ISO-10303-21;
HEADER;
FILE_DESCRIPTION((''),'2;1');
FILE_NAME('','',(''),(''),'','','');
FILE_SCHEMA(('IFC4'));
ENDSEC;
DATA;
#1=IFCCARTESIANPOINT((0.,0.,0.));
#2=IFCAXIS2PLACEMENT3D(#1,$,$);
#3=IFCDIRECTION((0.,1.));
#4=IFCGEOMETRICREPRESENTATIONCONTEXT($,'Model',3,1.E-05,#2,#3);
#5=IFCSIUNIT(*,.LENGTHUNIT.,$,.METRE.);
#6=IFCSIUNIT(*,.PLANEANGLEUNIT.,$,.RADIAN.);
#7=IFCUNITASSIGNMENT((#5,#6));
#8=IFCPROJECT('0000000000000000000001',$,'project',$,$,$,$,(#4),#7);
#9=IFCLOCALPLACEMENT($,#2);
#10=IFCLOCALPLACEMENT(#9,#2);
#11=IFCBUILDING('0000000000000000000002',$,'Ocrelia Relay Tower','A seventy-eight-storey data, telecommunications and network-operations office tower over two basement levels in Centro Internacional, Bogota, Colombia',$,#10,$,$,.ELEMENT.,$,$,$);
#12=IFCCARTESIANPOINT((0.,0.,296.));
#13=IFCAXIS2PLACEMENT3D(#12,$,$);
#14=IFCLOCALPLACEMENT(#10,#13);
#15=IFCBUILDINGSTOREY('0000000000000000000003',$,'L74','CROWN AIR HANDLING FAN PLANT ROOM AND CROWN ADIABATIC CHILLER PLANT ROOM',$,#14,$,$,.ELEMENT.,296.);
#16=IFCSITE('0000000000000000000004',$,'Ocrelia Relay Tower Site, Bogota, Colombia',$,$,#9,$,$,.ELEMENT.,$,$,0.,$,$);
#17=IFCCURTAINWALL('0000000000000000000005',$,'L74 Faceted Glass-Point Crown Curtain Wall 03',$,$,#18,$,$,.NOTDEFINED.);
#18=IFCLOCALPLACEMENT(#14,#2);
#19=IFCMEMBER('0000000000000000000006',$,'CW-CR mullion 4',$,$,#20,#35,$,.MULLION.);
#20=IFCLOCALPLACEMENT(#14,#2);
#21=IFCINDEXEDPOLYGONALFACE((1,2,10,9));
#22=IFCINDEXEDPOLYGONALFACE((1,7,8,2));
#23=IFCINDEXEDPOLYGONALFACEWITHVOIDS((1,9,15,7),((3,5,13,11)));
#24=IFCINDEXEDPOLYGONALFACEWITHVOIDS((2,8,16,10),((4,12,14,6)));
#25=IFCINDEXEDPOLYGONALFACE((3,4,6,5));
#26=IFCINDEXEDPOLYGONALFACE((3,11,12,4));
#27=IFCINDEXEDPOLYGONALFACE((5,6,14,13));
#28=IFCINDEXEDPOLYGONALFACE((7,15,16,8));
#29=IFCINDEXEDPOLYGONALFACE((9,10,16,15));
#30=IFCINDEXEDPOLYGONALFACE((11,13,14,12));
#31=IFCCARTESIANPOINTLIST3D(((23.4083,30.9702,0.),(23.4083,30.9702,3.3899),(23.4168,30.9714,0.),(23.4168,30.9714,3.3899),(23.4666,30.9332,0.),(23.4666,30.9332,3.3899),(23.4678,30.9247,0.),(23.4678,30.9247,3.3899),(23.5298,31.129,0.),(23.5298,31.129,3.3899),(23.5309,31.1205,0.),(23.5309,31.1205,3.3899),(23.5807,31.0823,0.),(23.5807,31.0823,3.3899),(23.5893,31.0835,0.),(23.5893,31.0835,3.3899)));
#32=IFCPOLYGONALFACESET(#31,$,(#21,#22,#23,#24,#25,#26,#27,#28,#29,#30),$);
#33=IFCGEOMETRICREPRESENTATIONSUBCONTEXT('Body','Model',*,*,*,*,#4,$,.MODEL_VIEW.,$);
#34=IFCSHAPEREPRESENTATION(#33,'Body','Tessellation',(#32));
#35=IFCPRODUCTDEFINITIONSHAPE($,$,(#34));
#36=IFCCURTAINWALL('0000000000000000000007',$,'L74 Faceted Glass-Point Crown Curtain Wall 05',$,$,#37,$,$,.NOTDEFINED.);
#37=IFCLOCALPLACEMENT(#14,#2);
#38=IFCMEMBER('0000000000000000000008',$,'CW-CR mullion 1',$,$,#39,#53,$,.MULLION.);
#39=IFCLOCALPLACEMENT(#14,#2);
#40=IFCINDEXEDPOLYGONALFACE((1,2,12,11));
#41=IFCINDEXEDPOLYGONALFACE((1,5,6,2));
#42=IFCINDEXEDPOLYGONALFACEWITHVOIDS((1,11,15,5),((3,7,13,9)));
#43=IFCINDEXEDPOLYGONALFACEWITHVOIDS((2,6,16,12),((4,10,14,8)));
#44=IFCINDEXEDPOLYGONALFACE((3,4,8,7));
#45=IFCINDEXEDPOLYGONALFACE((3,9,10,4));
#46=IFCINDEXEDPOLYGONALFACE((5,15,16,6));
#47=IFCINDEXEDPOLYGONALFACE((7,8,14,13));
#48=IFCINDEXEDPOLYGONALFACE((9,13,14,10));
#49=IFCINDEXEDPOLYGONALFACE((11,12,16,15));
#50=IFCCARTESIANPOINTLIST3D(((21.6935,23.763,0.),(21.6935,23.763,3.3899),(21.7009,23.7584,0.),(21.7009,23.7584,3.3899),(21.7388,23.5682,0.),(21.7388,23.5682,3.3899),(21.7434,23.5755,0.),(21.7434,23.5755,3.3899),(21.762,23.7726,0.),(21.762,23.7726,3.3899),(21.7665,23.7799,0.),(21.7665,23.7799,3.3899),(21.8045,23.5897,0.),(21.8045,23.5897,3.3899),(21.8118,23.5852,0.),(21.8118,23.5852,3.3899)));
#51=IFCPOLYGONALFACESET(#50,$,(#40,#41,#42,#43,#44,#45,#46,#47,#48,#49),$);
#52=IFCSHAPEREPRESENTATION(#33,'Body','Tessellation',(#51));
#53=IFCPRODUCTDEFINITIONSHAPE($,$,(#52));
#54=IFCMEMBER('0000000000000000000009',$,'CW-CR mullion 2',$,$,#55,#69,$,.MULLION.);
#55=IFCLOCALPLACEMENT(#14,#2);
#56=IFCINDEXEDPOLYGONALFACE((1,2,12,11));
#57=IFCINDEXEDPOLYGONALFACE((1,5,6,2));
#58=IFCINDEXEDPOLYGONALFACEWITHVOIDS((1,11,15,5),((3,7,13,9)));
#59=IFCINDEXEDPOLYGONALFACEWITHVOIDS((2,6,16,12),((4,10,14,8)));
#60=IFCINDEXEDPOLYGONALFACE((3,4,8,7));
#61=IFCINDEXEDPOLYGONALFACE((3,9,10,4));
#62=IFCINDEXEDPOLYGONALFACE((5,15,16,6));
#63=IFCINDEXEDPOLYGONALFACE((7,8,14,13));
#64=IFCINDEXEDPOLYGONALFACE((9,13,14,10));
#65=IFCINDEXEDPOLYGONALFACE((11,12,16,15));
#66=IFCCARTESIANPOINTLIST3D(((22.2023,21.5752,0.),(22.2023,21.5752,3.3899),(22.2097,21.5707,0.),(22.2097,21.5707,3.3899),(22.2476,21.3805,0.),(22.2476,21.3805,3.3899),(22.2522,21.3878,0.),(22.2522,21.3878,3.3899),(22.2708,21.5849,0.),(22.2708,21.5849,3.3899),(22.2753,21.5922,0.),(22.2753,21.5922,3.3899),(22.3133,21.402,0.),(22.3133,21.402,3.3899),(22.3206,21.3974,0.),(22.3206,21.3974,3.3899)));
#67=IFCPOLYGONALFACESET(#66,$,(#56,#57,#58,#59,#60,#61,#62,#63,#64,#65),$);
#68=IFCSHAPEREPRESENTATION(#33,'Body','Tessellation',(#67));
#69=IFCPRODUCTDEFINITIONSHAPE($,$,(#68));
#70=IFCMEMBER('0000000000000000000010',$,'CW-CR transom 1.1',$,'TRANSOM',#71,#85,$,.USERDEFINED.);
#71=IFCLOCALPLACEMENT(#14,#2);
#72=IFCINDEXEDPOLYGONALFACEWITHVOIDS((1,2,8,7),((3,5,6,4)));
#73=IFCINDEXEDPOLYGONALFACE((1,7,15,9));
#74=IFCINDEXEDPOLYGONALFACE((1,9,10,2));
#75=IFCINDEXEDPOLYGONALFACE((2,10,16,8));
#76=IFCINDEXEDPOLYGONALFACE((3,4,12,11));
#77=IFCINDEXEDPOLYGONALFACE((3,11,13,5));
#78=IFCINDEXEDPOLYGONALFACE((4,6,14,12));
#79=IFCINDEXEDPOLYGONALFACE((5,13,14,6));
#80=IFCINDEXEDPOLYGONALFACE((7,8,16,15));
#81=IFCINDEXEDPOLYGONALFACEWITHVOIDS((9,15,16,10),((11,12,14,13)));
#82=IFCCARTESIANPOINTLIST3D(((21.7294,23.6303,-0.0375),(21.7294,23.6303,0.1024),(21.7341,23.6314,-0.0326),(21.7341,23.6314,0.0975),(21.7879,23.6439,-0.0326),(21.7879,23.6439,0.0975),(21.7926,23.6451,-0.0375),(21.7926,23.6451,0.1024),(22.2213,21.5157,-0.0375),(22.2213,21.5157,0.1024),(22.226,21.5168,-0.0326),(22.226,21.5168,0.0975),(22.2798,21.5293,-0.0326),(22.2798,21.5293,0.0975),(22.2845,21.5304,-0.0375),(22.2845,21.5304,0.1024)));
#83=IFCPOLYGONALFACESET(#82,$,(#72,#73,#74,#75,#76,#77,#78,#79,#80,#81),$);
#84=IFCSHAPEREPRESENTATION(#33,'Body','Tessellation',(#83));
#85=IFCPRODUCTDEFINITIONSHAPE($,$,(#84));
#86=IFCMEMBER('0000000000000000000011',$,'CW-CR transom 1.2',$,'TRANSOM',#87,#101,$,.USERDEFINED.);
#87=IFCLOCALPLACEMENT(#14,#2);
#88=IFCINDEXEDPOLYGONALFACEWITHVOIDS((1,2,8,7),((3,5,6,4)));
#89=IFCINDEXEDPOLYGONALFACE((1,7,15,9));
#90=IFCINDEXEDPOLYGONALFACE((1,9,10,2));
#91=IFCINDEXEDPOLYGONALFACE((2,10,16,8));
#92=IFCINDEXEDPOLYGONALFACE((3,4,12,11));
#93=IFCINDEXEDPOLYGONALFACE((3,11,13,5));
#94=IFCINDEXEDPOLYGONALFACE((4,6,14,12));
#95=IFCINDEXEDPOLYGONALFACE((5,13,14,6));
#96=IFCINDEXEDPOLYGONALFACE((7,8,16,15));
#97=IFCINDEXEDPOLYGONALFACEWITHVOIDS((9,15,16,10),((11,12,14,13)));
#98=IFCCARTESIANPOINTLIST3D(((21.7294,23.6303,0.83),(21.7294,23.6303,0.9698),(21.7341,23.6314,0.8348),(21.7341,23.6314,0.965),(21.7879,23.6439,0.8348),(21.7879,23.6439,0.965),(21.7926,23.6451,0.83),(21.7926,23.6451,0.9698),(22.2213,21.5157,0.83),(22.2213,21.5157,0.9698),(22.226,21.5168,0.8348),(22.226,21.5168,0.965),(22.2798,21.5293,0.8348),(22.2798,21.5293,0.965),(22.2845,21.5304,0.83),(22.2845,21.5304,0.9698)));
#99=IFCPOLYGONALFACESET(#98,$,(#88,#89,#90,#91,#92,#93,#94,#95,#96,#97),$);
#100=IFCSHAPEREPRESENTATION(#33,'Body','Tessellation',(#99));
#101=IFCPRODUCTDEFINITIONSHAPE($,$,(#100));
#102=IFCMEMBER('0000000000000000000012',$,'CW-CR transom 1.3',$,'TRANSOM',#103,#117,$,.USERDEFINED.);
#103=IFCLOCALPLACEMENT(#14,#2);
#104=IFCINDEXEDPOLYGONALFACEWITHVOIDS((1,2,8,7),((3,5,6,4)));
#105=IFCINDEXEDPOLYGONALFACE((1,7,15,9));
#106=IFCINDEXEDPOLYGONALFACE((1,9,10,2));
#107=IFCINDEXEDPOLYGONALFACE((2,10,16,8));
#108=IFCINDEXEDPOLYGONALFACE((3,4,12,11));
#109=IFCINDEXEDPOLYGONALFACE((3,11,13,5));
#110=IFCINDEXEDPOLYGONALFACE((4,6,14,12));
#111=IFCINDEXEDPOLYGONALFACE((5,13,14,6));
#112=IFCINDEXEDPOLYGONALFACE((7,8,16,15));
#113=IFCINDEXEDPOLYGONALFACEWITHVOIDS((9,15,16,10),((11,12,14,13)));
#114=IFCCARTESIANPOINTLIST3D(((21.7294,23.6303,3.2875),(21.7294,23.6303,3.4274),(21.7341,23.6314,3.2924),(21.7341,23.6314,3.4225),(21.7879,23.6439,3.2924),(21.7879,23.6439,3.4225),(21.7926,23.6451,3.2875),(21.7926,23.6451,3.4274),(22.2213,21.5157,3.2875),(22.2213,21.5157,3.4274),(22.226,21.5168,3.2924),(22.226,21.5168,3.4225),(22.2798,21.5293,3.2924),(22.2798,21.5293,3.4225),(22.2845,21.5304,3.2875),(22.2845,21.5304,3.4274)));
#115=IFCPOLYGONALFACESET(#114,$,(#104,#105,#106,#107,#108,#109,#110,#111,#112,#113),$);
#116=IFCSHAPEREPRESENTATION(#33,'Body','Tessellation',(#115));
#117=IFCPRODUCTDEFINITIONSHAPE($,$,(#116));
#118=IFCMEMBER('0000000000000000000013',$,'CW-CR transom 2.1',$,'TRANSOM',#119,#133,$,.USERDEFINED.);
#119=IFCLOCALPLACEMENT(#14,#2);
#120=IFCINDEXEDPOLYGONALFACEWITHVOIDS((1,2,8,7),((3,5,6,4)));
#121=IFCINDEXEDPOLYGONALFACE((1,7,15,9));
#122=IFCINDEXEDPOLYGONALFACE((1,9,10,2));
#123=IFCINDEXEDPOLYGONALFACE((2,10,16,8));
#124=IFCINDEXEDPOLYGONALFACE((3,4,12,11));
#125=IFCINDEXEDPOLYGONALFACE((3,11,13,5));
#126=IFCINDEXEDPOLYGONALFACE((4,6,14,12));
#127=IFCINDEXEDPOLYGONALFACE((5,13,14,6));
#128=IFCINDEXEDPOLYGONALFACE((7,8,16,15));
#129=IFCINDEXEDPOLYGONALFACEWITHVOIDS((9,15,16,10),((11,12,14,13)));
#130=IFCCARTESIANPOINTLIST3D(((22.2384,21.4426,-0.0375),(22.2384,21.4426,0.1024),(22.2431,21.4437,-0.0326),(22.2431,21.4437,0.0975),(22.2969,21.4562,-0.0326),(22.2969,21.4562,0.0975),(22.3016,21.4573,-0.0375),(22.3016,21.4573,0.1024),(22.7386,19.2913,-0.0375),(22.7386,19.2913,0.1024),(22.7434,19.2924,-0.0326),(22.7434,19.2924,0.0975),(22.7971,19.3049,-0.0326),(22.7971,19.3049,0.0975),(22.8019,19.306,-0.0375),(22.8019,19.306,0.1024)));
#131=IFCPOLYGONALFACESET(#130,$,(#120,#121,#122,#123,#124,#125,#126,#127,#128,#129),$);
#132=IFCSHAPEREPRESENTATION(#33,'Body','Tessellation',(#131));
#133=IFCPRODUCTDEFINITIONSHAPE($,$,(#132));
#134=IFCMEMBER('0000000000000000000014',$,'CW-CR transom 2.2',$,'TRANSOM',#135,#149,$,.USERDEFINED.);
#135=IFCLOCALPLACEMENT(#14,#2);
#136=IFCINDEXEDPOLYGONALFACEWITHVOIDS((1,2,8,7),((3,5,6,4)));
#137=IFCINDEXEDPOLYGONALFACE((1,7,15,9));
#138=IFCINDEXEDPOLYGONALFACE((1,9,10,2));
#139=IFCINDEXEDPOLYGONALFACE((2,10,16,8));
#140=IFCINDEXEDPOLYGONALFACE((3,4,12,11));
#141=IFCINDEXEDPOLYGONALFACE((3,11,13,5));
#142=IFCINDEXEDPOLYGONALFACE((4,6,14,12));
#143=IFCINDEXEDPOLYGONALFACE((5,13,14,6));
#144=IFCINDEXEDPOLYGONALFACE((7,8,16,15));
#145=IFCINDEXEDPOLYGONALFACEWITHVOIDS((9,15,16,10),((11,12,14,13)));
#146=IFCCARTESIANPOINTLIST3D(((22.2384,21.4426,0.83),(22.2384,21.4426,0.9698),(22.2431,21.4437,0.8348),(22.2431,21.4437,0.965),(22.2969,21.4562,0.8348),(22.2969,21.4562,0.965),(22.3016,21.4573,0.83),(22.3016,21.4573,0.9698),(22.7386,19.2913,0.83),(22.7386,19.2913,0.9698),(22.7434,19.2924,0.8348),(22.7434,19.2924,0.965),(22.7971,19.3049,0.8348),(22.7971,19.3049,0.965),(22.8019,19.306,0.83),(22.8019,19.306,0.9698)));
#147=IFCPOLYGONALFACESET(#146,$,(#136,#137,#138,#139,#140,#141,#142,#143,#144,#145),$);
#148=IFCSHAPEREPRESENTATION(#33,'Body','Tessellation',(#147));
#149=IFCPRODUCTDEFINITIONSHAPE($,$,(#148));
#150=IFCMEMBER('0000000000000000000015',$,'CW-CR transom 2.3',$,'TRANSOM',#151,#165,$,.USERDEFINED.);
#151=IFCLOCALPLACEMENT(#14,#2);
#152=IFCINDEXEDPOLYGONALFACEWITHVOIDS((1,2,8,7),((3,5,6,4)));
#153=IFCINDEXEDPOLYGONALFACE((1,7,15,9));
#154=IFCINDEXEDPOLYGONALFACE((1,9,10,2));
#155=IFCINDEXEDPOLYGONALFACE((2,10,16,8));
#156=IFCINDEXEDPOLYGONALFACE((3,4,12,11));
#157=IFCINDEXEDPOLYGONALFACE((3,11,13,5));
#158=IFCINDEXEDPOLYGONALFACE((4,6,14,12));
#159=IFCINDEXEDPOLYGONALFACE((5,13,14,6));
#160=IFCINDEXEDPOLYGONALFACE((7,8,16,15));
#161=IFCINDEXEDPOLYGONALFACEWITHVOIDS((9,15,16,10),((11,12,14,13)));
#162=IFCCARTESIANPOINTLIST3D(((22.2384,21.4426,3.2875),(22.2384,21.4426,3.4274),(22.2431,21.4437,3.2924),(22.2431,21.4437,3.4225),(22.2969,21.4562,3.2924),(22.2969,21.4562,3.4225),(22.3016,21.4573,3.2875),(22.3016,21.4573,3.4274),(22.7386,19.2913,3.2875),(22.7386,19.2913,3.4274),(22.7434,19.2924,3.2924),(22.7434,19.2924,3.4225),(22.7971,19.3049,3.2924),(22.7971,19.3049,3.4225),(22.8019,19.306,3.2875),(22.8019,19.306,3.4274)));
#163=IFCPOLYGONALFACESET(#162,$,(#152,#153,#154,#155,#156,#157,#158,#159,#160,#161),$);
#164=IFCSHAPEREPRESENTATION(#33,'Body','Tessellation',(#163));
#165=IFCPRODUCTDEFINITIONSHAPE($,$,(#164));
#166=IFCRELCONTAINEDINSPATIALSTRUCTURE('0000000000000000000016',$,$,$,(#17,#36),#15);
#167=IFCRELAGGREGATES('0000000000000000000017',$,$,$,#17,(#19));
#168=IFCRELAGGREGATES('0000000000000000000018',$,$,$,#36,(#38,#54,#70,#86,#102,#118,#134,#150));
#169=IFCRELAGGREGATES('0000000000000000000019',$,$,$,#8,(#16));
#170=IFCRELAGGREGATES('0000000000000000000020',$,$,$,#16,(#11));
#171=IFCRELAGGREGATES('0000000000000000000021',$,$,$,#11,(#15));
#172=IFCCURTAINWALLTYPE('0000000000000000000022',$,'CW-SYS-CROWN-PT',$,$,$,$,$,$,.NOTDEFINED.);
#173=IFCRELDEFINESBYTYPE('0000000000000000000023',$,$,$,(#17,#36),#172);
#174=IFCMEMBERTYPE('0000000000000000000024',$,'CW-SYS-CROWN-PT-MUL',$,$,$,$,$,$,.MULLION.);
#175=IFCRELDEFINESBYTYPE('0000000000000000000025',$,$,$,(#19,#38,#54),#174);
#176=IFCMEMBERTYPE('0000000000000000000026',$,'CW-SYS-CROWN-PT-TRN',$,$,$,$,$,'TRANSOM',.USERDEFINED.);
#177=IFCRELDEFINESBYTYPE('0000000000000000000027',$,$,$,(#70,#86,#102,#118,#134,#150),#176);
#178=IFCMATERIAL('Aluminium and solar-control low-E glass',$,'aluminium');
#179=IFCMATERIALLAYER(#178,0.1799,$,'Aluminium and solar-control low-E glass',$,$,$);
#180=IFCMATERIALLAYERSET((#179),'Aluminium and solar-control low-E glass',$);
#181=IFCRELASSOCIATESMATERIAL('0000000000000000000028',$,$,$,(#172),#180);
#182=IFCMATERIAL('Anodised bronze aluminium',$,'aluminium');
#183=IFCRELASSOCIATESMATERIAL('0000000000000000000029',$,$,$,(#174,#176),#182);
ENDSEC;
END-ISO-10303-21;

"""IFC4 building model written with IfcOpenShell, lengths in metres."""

from ifc_helpers import new_model, si_unit, direction, frame, origin, origin_2d, place, context, subcontext, project, spatial, hollow_rectangle, extrude, material, layer, layer_set, material_profile, profile_set, type_object, element, aggregate, save


model = new_model("IFC4")

# Units and contexts
model_context = context("Model", 3, precision=1e-05, world=origin(), true_north=direction((0.0, 1.0)))
body_context = subcontext(model_context, "Body", "Model", "MODEL_VIEW")
ifc_project = project(units=[si_unit("LENGTHUNIT", "METRE"), si_unit("PLANEANGLEUNIT", "RADIAN")], contexts=[model_context])

# Site, building, storey
site_placement = place(None, origin())
site = spatial("IfcSite", under=ifc_project, at=site_placement, Name="Ocrelia Relay Tower Site, Bogota, Colombia", CompositionType="ELEMENT", RefElevation=0.0)
building_placement = place(site_placement, origin())
building = spatial("IfcBuilding", under=site, at=building_placement, Name="Ocrelia Relay Tower", Description="A seventy-eight-storey data, telecommunications and network-operations office tower over two basement levels in Centro Internacional, Bogota, Colombia", CompositionType="ELEMENT")
storey_placement = place(building_placement, frame((0.0, 0.0, 296.0)))
storey = spatial("IfcBuildingStorey", under=building, at=storey_placement, Name="L74", Description="CROWN AIR HANDLING FAN PLANT ROOM AND CROWN ADIABATIC CHILLER PLANT ROOM", CompositionType="ELEMENT", Elevation=296.0)

# Curtain wall, member
ifc_material_1 = material(Name="Aluminium and solar-control low-E glass", Category="aluminium")
ifc_layer_1 = layer(ifc_material_1, 0.1799, Name="Aluminium and solar-control low-E glass")
ifc_layer_set_1 = layer_set([ifc_layer_1], Name="Aluminium and solar-control low-E glass")
curtain_wall_type = type_object("IfcCurtainWallType", Name="CW-SYS-CROWN-PT", PredefinedType="NOTDEFINED", material=ifc_layer_set_1)
curtain_wall_1_placement = place(storey_placement, origin())
curtain_wall_1 = element("IfcCurtainWall", 1, at=curtain_wall_1_placement, inside=storey, type_object=curtain_wall_type, Name="L74 Faceted Glass-Point Crown Curtain Wall 03", PredefinedType="NOTDEFINED")
ifc_material_2 = material(Name="Anodised bronze aluminium", Category="aluminium")
ifc_material_profile_1 = material_profile(ifc_material_2, hollow_rectangle(XDim=0.075, YDim=0.2, WallThickness=0.0061, at=origin_2d()), Name="CW-MUL-200x75")
ifc_profile_set_1 = profile_set([ifc_material_profile_1], Name="Anodised bronze aluminium")
member_type_1 = type_object("IfcMemberType", Name="CW-SYS-CROWN-PT-MUL", PredefinedType="MULLION", material=ifc_profile_set_1)
member_1_placement = place(storey_placement, frame((23.4988, 31.0269, 0.0), z_axis=(0.0, 0.0, 1.0), x_axis=(0.794107, -0.607778, 0.0)))
member_1 = element("IfcMember", 2, at=member_1_placement, type_object=member_type_1, Name="CW-CR mullion 4", PredefinedType="MULLION", context=body_context, shape_type="SweptSolid", body=[
    extrude(hollow_rectangle(XDim=0.075, YDim=0.2, WallThickness=0.0061, at=origin_2d()), origin(), (0.0, 0.0, 1.0), 3.3899),
])

# Curtain wall, members
curtain_wall_2_placement = place(storey_placement, origin())
curtain_wall_2 = element("IfcCurtainWall", 3, at=curtain_wall_2_placement, inside=storey, type_object=curtain_wall_type, Name="L74 Faceted Glass-Point Crown Curtain Wall 05", PredefinedType="NOTDEFINED")
member_2_placement = place(storey_placement, frame((21.7527, 23.6741, 0.0), z_axis=(0.0, 0.0, 1.0), x_axis=(0.974004, 0.226533, 0.0)))
member_2 = element("IfcMember", 4, at=member_2_placement, type_object=member_type_1, Name="CW-CR mullion 1", PredefinedType="MULLION", context=body_context, shape_type="SweptSolid", body=[
    extrude(hollow_rectangle(XDim=0.075, YDim=0.2, WallThickness=0.0061, at=origin_2d()), origin(), (0.0, 0.0, 1.0), 3.3899),
])
member_3_placement = place(storey_placement, frame((22.2615, 21.4863, 0.0), z_axis=(0.0, 0.0, 1.0), x_axis=(0.974004, 0.226533, 0.0)))
member_3 = element("IfcMember", 5, at=member_3_placement, type_object=member_type_1, Name="CW-CR mullion 2", PredefinedType="MULLION", context=body_context, shape_type="SweptSolid", body=[
    extrude(hollow_rectangle(XDim=0.075, YDim=0.2, WallThickness=0.0061, at=origin_2d()), origin(), (0.0, 0.0, 1.0), 3.3899),
])
ifc_material_profile_2 = material_profile(ifc_material_2, hollow_rectangle(XDim=0.0649, YDim=0.1399, WallThickness=0.0049, at=origin_2d()), Name="CW-TRN-140x65")
ifc_profile_set_2 = profile_set([ifc_material_profile_2], Name="Anodised bronze aluminium")
member_type_2 = type_object("IfcMemberType", Name="CW-SYS-CROWN-PT-TRN", ElementType="TRANSOM", PredefinedType="USERDEFINED", material=ifc_profile_set_2)
member_4_placement = place(storey_placement, frame((21.761, 23.6377, 0.0325), z_axis=(0.226576, -0.973994, 0.0), x_axis=(0.973994, 0.226576, 0.0)))
member_4 = element("IfcMember", 6, at=member_4_placement, type_object=member_type_2, Name="CW-CR transom 1.1", ObjectType="TRANSOM", PredefinedType="USERDEFINED", context=body_context, shape_type="SweptSolid", body=[
    extrude(hollow_rectangle(XDim=0.0649, YDim=0.1399, WallThickness=0.0049, at=origin_2d()), origin(), (0.0, 0.0, 1.0), 2.1711),
])
member_5_placement = place(storey_placement, frame((21.761, 23.6377, 0.8999), z_axis=(0.226576, -0.973994, 0.0), x_axis=(0.973994, 0.226576, 0.0)))
member_5 = element("IfcMember", 7, at=member_5_placement, type_object=member_type_2, Name="CW-CR transom 1.2", ObjectType="TRANSOM", PredefinedType="USERDEFINED", context=body_context, shape_type="SweptSolid", body=[
    extrude(hollow_rectangle(XDim=0.0649, YDim=0.1399, WallThickness=0.0049, at=origin_2d()), origin(), (0.0, 0.0, 1.0), 2.1711),
])
member_6_placement = place(storey_placement, frame((21.761, 23.6377, 3.3574), z_axis=(0.226576, -0.973994, 0.0), x_axis=(0.973994, 0.226576, 0.0)))
member_6 = element("IfcMember", 8, at=member_6_placement, type_object=member_type_2, Name="CW-CR transom 1.3", ObjectType="TRANSOM", PredefinedType="USERDEFINED", context=body_context, shape_type="SweptSolid", body=[
    extrude(hollow_rectangle(XDim=0.0649, YDim=0.1399, WallThickness=0.0049, at=origin_2d()), origin(), (0.0, 0.0, 1.0), 2.1711),
])
member_7_placement = place(storey_placement, frame((22.27, 21.45, 0.0325), z_axis=(0.226482, -0.974015, 0.0), x_axis=(0.974015, 0.226482, 0.0)))
member_7 = element("IfcMember", 9, at=member_7_placement, type_object=member_type_2, Name="CW-CR transom 2.1", ObjectType="TRANSOM", PredefinedType="USERDEFINED", context=body_context, shape_type="SweptSolid", body=[
    extrude(hollow_rectangle(XDim=0.0649, YDim=0.1399, WallThickness=0.0049, at=origin_2d()), origin(), (0.0, 0.0, 1.0), 2.2087),
])
member_8_placement = place(storey_placement, frame((22.27, 21.45, 0.8999), z_axis=(0.226482, -0.974015, 0.0), x_axis=(0.974015, 0.226482, 0.0)))
member_8 = element("IfcMember", 10, at=member_8_placement, type_object=member_type_2, Name="CW-CR transom 2.2", ObjectType="TRANSOM", PredefinedType="USERDEFINED", context=body_context, shape_type="SweptSolid", body=[
    extrude(hollow_rectangle(XDim=0.0649, YDim=0.1399, WallThickness=0.0049, at=origin_2d()), origin(), (0.0, 0.0, 1.0), 2.2087),
])
member_9_placement = place(storey_placement, frame((22.27, 21.45, 3.3574), z_axis=(0.226482, -0.974015, 0.0), x_axis=(0.974015, 0.226482, 0.0)))
member_9 = element("IfcMember", 11, at=member_9_placement, type_object=member_type_2, Name="CW-CR transom 2.3", ObjectType="TRANSOM", PredefinedType="USERDEFINED", context=body_context, shape_type="SweptSolid", body=[
    extrude(hollow_rectangle(XDim=0.0649, YDim=0.1399, WallThickness=0.0049, at=origin_2d()), origin(), (0.0, 0.0, 1.0), 2.2087),
])

aggregate(curtain_wall_1, [member_1])
aggregate(curtain_wall_2, [member_2, member_3, member_4, member_5, member_6, member_7, member_8, member_9])

save(model, "model.ifc")
